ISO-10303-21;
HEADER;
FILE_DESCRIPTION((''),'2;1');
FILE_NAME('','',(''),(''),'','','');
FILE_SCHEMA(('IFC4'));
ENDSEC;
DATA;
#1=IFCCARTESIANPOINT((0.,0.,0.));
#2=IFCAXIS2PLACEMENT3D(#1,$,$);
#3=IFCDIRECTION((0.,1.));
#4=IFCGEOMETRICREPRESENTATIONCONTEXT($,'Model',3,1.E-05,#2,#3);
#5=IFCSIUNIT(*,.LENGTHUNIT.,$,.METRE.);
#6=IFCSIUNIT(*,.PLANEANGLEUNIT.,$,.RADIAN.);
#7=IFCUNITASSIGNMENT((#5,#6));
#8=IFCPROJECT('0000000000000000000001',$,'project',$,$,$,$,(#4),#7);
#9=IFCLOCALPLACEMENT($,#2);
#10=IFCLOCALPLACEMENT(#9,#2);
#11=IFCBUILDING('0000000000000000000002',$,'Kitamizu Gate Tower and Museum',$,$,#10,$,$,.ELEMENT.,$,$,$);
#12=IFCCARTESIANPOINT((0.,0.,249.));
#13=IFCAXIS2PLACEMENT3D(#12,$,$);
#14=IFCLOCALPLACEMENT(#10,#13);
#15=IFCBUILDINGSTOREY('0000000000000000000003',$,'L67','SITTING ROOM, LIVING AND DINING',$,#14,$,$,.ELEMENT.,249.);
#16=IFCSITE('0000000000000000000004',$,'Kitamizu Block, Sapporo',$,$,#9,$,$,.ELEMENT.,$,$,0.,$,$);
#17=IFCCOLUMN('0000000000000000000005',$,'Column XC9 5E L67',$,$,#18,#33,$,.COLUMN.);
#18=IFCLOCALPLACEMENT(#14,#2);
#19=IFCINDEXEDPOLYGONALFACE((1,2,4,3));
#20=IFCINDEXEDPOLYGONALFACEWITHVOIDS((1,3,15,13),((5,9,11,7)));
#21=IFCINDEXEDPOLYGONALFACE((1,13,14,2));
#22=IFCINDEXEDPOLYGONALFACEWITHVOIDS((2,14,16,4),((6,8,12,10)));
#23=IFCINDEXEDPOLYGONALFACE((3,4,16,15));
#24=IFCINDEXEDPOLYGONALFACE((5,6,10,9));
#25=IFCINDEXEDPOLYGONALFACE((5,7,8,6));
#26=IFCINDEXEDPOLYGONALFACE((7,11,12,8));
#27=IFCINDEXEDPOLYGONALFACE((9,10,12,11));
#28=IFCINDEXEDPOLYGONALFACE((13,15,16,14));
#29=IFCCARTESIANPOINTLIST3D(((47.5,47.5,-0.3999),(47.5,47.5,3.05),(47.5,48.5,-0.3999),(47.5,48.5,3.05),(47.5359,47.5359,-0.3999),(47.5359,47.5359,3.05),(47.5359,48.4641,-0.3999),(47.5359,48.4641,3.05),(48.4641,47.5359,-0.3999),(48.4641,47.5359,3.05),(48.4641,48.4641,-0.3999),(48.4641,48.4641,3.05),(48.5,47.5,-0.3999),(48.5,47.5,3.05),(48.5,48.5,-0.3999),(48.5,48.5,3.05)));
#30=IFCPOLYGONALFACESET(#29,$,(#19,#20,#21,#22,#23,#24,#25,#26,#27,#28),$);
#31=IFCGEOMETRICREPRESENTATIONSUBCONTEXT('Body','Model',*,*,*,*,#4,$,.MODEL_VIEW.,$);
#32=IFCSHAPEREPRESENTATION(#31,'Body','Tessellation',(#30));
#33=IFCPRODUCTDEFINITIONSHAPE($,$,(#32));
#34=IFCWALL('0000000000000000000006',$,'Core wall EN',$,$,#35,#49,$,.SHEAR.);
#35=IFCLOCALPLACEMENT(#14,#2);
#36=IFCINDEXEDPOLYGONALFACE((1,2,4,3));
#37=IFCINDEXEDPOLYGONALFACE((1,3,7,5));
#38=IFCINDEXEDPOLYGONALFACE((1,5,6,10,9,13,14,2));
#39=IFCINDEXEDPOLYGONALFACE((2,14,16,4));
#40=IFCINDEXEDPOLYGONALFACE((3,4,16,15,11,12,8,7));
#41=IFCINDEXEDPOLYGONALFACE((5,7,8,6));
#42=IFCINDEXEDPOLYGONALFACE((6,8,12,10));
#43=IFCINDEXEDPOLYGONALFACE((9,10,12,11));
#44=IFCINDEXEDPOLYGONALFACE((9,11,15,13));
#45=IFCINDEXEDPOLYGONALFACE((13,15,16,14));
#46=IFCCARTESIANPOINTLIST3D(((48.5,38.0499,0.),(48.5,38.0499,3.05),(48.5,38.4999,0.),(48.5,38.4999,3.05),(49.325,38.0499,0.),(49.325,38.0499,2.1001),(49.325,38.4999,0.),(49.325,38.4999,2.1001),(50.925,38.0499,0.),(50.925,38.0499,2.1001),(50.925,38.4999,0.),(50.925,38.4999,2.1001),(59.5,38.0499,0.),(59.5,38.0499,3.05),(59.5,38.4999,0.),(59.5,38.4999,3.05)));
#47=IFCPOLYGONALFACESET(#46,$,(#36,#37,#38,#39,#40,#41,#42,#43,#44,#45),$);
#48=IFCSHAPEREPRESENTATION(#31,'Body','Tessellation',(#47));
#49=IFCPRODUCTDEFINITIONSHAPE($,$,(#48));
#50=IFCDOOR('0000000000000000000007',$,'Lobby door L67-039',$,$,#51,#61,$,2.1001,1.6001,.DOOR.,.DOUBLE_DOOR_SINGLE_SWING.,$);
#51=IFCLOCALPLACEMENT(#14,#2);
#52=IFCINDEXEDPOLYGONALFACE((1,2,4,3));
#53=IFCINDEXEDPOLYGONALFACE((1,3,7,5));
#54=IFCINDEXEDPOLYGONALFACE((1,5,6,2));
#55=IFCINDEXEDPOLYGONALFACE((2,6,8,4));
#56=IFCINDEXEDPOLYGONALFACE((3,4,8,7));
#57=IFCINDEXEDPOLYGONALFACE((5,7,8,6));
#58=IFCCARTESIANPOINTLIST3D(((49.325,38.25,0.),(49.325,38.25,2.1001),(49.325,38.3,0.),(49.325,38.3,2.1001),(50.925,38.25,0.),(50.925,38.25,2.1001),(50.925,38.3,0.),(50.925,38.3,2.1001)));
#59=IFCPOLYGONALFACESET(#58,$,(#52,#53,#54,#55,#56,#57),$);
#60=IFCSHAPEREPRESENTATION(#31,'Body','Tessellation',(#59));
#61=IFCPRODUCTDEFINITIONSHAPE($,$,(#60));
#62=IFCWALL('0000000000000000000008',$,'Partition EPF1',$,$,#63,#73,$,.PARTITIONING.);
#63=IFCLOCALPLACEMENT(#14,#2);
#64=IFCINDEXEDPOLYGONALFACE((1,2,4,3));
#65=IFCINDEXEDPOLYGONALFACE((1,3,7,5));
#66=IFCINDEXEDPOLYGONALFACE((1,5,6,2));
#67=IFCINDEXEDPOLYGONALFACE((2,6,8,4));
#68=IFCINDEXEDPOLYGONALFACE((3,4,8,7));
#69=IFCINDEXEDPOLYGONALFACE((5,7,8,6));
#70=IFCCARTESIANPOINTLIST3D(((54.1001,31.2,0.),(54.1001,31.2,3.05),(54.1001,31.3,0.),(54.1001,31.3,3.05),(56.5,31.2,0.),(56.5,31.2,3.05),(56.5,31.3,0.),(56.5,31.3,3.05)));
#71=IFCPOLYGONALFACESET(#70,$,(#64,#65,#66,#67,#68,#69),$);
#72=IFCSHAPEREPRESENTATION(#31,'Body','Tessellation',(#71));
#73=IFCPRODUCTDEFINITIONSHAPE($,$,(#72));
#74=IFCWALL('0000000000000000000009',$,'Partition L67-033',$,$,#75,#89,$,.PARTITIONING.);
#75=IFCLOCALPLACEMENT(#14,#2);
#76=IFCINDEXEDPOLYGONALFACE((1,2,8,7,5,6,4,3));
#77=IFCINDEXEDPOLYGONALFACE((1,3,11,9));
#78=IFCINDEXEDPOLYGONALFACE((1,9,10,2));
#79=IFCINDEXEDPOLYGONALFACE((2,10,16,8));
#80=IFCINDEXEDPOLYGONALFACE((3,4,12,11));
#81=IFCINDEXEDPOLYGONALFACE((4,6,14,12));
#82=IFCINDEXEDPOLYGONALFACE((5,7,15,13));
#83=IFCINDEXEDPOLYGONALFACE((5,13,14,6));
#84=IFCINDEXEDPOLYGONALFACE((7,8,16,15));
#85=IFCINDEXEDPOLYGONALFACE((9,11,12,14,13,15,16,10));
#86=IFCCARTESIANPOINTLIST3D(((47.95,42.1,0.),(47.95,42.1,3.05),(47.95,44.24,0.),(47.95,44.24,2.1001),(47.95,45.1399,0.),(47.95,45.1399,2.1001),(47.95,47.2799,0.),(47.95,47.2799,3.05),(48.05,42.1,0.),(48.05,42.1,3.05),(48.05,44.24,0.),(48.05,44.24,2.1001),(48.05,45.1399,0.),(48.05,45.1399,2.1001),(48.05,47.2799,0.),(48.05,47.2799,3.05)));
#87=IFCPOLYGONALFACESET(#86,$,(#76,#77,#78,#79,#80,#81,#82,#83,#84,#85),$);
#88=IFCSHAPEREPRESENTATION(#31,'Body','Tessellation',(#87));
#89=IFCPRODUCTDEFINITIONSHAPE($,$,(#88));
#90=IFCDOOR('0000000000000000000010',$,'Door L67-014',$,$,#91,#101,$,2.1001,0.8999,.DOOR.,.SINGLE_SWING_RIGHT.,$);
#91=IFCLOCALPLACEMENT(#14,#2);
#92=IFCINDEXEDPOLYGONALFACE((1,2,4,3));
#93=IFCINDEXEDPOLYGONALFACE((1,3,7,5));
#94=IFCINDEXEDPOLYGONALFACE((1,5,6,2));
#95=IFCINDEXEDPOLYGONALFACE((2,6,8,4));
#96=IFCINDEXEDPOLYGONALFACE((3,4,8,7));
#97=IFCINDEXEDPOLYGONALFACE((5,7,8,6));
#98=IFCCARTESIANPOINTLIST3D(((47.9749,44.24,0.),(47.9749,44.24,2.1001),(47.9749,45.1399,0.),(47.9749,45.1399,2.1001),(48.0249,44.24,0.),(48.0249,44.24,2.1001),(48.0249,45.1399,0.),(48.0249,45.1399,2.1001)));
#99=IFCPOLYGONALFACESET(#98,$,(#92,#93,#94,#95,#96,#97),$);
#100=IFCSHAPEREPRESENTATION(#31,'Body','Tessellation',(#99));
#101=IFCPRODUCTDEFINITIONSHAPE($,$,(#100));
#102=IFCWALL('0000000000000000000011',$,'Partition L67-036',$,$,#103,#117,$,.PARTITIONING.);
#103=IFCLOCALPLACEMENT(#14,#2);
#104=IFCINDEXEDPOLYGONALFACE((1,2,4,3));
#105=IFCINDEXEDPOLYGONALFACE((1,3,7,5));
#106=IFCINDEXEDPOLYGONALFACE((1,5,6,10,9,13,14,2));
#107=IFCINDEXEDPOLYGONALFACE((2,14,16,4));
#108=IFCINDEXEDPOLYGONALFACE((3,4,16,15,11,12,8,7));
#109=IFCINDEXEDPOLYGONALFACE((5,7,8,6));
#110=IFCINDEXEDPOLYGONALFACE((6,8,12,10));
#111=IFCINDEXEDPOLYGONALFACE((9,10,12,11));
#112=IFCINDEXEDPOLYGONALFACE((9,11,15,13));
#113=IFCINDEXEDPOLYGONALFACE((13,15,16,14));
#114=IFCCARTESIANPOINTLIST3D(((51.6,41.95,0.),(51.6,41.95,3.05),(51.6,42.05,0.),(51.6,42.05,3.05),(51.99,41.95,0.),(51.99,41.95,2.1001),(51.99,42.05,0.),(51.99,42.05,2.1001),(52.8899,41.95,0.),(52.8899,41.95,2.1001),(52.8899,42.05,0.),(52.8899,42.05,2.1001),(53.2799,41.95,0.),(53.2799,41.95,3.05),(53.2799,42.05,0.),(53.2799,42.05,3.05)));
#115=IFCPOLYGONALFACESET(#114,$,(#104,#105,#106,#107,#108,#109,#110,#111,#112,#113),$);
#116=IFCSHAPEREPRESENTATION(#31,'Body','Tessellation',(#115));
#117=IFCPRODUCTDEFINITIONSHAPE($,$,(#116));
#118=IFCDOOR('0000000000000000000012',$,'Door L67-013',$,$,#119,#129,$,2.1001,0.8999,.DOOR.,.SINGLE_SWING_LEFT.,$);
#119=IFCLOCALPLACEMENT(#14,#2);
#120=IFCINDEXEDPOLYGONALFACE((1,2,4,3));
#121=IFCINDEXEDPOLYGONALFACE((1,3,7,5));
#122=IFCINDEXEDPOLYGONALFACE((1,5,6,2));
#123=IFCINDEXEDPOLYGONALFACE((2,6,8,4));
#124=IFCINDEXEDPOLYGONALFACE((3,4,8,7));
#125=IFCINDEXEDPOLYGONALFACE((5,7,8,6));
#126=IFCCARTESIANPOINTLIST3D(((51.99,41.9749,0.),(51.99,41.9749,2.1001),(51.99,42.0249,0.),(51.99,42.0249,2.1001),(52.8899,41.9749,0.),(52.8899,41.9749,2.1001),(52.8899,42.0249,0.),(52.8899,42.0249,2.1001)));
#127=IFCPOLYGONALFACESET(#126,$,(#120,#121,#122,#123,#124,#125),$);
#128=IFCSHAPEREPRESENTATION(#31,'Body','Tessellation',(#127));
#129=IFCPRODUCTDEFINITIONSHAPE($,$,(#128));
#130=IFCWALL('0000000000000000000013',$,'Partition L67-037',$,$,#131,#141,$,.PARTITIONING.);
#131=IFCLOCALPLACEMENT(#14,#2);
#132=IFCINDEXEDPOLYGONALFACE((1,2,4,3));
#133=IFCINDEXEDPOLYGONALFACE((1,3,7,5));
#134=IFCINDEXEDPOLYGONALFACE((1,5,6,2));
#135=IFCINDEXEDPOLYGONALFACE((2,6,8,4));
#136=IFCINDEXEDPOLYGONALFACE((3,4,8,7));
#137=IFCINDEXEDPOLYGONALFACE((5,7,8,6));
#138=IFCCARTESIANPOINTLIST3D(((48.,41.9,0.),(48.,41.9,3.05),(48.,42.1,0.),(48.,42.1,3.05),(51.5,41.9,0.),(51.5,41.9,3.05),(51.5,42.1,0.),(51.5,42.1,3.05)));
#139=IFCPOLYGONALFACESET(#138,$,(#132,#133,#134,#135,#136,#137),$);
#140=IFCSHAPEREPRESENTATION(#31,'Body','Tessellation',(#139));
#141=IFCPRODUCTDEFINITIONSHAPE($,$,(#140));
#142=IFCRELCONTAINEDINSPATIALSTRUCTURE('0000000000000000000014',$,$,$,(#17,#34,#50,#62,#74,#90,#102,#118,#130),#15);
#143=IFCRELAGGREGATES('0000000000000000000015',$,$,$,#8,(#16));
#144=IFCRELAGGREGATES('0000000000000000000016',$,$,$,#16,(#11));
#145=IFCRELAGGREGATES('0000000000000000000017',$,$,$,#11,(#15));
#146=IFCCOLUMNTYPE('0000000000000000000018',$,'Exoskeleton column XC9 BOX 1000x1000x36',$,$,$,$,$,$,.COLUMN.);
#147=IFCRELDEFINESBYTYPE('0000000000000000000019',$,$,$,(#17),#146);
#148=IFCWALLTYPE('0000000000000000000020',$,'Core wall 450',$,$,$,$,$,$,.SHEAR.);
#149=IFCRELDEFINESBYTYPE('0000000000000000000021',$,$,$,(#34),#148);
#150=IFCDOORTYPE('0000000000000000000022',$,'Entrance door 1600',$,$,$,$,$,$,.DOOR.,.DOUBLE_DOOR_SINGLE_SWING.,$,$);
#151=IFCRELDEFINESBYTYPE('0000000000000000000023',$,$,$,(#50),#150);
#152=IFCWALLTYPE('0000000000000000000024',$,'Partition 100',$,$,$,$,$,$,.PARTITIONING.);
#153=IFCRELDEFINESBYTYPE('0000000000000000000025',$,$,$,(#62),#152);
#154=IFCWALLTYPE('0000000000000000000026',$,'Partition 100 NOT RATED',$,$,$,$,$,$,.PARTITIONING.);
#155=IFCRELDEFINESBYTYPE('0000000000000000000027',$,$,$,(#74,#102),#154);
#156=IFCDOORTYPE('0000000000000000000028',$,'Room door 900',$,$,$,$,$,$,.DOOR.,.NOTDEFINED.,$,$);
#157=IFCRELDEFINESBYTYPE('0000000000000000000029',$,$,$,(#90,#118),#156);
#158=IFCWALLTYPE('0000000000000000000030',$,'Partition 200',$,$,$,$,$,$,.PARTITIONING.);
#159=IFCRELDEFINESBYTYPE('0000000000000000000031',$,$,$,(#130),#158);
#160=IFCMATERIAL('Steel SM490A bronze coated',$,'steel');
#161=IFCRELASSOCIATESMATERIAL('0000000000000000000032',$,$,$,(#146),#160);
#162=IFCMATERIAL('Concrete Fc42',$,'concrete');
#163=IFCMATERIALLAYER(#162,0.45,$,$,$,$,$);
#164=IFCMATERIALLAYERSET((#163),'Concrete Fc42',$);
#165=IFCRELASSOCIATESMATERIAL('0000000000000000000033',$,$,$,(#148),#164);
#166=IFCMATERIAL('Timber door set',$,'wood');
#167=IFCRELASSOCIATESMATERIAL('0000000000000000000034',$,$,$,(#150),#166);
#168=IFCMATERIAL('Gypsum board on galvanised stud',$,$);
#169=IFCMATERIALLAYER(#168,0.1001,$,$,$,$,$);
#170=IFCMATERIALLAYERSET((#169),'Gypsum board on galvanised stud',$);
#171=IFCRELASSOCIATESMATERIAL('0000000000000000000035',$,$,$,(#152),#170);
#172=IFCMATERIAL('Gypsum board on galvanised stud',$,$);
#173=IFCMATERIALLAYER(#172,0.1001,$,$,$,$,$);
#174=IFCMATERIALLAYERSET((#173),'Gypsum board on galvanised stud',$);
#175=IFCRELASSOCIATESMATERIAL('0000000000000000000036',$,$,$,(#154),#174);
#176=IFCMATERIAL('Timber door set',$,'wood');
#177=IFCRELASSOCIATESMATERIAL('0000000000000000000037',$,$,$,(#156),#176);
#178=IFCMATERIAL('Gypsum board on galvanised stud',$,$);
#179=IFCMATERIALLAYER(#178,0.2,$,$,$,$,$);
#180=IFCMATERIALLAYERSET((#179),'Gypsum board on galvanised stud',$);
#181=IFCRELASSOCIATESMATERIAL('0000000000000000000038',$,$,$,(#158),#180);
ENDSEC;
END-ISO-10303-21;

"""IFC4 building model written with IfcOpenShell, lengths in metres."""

from ifc_helpers import new_model, si_unit, direction, frame, frame_2d, origin, origin_2d, place, context, subcontext, project, spatial, rectangle, hollow_rectangle, extrude, material, layer, layer_set, material_profile, profile_set, type_object, element, fill, save


model = new_model("IFC4")

# Units and contexts
model_context = context("Model", 3, precision=1e-05, world=origin(), true_north=direction((0.0, 1.0)))
body_context = subcontext(model_context, "Body", "Model", "MODEL_VIEW")
ifc_project = project(units=[si_unit("LENGTHUNIT", "METRE"), si_unit("PLANEANGLEUNIT", "RADIAN")], contexts=[model_context])

# Site, building, storey
site_placement = place(None, origin())
site = spatial("IfcSite", under=ifc_project, at=site_placement, Name="Kitamizu Block, Sapporo", CompositionType="ELEMENT", RefElevation=0.0)
building_placement = place(site_placement, origin())
building = spatial("IfcBuilding", under=site, at=building_placement, Name="Kitamizu Gate Tower and Museum", CompositionType="ELEMENT")
storey_placement = place(building_placement, frame((0.0, 0.0, 249.0)))
storey = spatial("IfcBuildingStorey", under=building, at=storey_placement, Name="L67", Description="SITTING ROOM, LIVING AND DINING", CompositionType="ELEMENT", Elevation=249.0)

# Column
ifc_material_1 = material(Name="Steel SM490A bronze coated", Category="steel")
ifc_material_profile = material_profile(ifc_material_1, hollow_rectangle(XDim=1.0, YDim=1.0, WallThickness=0.0359, at=origin_2d()), Name="BOX 1000x1000x36")
ifc_profile_set = profile_set([ifc_material_profile], Name="Steel SM490A bronze coated")
column_type = type_object("IfcColumnType", Name="Exoskeleton column XC9 BOX 1000x1000x36", PredefinedType="COLUMN", material=ifc_profile_set)
column_placement = place(storey_placement, frame((48.0, 48.0, -0.3999), z_axis=(0.0, 0.0, 1.0), x_axis=(1.0, 0.0, 0.0)))
element("IfcColumn", 1, at=column_placement, inside=storey, type_object=column_type, Name="Column XC9 5E L67", PredefinedType="COLUMN", context=body_context, shape_type="SweptSolid", body=[
    extrude(hollow_rectangle(XDim=1.0, YDim=1.0, WallThickness=0.0359, at=origin_2d()), origin(), (0.0, 0.0, 1.0), 3.45),
])

# Wall, opening, door
ifc_material_2 = material(Name="Concrete Fc42", Category="concrete")
ifc_layer_1 = layer(ifc_material_2, 0.45)
ifc_layer_set_1 = layer_set([ifc_layer_1], Name="Concrete Fc42")
wall_type_1 = type_object("IfcWallType", Name="Core wall 450", PredefinedType="SHEAR", material=ifc_layer_set_1)
wall_1_placement = place(storey_placement, frame((59.5, 38.2749, 0.0), z_axis=(0.0, 0.0, 1.0), x_axis=(-1.0, 0.0, 0.0)))
wall_1 = element("IfcWall", 2, at=wall_1_placement, inside=storey, type_object=wall_type_1, Name="Core wall EN", PredefinedType="SHEAR", context=body_context, shape_type="SweptSolid", body=[
    extrude(rectangle(XDim=11.0, YDim=0.45, at=frame_2d((5.5, 0.0))), origin(), (0.0, 0.0, 1.0), 3.05),
])
opening_1_placement = place(wall_1_placement, frame((8.575, 0.0, 0.0)))
opening_1 = element("IfcOpeningElement", 3, at=opening_1_placement, cuts=wall_1, PredefinedType="OPENING", context=body_context, shape_type="SweptSolid", body=[
    extrude(rectangle(XDim=1.6001, YDim=2.1001, at=frame_2d((0.8, 1.05))), frame((0.0, 0.2349, 0.0), z_axis=(0.0, -1.0, 0.0), x_axis=(1.0, 0.0, 0.0)), (0.0, 0.0, 1.0), 0.47),
])
ifc_material_3 = material(Name="Timber door set", Category="wood")
door_type_1 = type_object("IfcDoorType", Name="Entrance door 1600", OperationType="DOUBLE_DOOR_SINGLE_SWING", PredefinedType="DOOR", material=ifc_material_3)
door_1_placement = place(opening_1_placement, origin())
door_1 = element("IfcDoor", 4, at=door_1_placement, inside=storey, type_object=door_type_1, Name="Lobby door L67-039", OperationType="DOUBLE_DOOR_SINGLE_SWING", OverallHeight=2.1001, OverallWidth=1.6001, PredefinedType="DOOR", context=body_context, shape_type="SweptSolid", body=[
    extrude(rectangle(XDim=1.6001, YDim=2.1001, at=frame_2d((0.8, 1.05))), frame((0.0, 0.0249, 0.0), z_axis=(0.0, -1.0, 0.0), x_axis=(1.0, 0.0, 0.0)), (0.0, 0.0, 1.0), 0.05),
])
fill(opening_1, door_1)

# Wall
ifc_material_4 = material(Name="Gypsum board on galvanised stud")
ifc_layer_2 = layer(ifc_material_4, 0.1001)
ifc_layer_set_2 = layer_set([ifc_layer_2], Name="Gypsum board on galvanised stud")
wall_type_2 = type_object("IfcWallType", Name="Partition 100", PredefinedType="PARTITIONING", material=ifc_layer_set_2)
wall_2_placement = place(storey_placement, frame((56.5, 31.25, 0.0), z_axis=(0.0, 0.0, 1.0), x_axis=(-1.0, 0.0, 0.0)))
element("IfcWall", 5, at=wall_2_placement, inside=storey, type_object=wall_type_2, Name="Partition EPF1", PredefinedType="PARTITIONING", context=body_context, shape_type="SweptSolid", body=[
    extrude(rectangle(XDim=2.3999, YDim=0.1001, at=frame_2d((1.2, 0.0))), origin(), (0.0, 0.0, 1.0), 3.05),
])

# Walls, openings, doors
ifc_material_5 = material(Name="Gypsum board on galvanised stud")
ifc_layer_3 = layer(ifc_material_5, 0.1001)
ifc_layer_set_3 = layer_set([ifc_layer_3], Name="Gypsum board on galvanised stud")
wall_type_3 = type_object("IfcWallType", Name="Partition 100 NOT RATED", PredefinedType="PARTITIONING", material=ifc_layer_set_3)
wall_3_placement = place(storey_placement, frame((48.0, 42.1001, 0.0), z_axis=(0.0, 0.0, 1.0), x_axis=(0.0, 1.0, 0.0)))
wall_3 = element("IfcWall", 6, at=wall_3_placement, inside=storey, type_object=wall_type_3, Name="Partition L67-033", PredefinedType="PARTITIONING", context=body_context, shape_type="SweptSolid", body=[
    extrude(rectangle(XDim=5.1799, YDim=0.1001, at=frame_2d((2.5898, 0.0))), origin(), (0.0, 0.0, 1.0), 3.05),
])
opening_2_placement = place(wall_3_placement, frame((2.1399, 0.0, 0.0)))
opening_2 = element("IfcOpeningElement", 7, at=opening_2_placement, cuts=wall_3, PredefinedType="OPENING", context=body_context, shape_type="SweptSolid", body=[
    extrude(rectangle(XDim=0.8999, YDim=2.1001, at=frame_2d((0.45, 1.05))), frame((0.0, 0.0601, 0.0), z_axis=(0.0, -1.0, 0.0), x_axis=(1.0, 0.0, 0.0)), (0.0, 0.0, 1.0), 0.1201),
])
ifc_material_6 = material(Name="Timber door set", Category="wood")
door_type_2 = type_object("IfcDoorType", Name="Room door 900", OperationType="NOTDEFINED", PredefinedType="DOOR", material=ifc_material_6)
door_2_placement = place(opening_2_placement, frame((0.8999, 0.0, 0.0), x_axis=(-1.0, 0.0, 0.0)))
door_2 = element("IfcDoor", 8, at=door_2_placement, inside=storey, type_object=door_type_2, Name="Door L67-014", OperationType="SINGLE_SWING_RIGHT", OverallHeight=2.1001, OverallWidth=0.8999, PredefinedType="DOOR", context=body_context, shape_type="SweptSolid", body=[
    extrude(rectangle(XDim=0.8999, YDim=2.1001, at=frame_2d((0.45, 1.05))), frame((0.0, 0.0249, 0.0), z_axis=(0.0, -1.0, 0.0), x_axis=(1.0, 0.0, 0.0)), (0.0, 0.0, 1.0), 0.05),
])
fill(opening_2, door_2)
wall_4_placement = place(storey_placement, frame((51.6001, 42.0, 0.0), z_axis=(0.0, 0.0, 1.0), x_axis=(1.0, 0.0, 0.0)))
wall_4 = element("IfcWall", 9, at=wall_4_placement, inside=storey, type_object=wall_type_3, Name="Partition L67-036", PredefinedType="PARTITIONING", context=body_context, shape_type="SweptSolid", body=[
    extrude(rectangle(XDim=1.6799, YDim=0.1001, at=frame_2d((0.8398, 0.0))), origin(), (0.0, 0.0, 1.0), 3.05),
])
opening_3_placement = place(wall_4_placement, frame((0.3899, 0.0, 0.0)))
opening_3 = element("IfcOpeningElement", 10, at=opening_3_placement, cuts=wall_4, PredefinedType="OPENING", context=body_context, shape_type="SweptSolid", body=[
    extrude(rectangle(XDim=0.8999, YDim=2.1001, at=frame_2d((0.45, 1.05))), frame((0.0, 0.0601, 0.0), z_axis=(0.0, -1.0, 0.0), x_axis=(1.0, 0.0, 0.0)), (0.0, 0.0, 1.0), 0.1201),
])
door_3_placement = place(opening_3_placement, origin())
door_3 = element("IfcDoor", 11, at=door_3_placement, inside=storey, type_object=door_type_2, Name="Door L67-013", OperationType="SINGLE_SWING_LEFT", OverallHeight=2.1001, OverallWidth=0.8999, PredefinedType="DOOR", context=body_context, shape_type="SweptSolid", body=[
    extrude(rectangle(XDim=0.8999, YDim=2.1001, at=frame_2d((0.45, 1.05))), frame((0.0, 0.0249, 0.0), z_axis=(0.0, -1.0, 0.0), x_axis=(1.0, 0.0, 0.0)), (0.0, 0.0, 1.0), 0.05),
])
fill(opening_3, door_3)

# Wall
ifc_material_7 = material(Name="Gypsum board on galvanised stud")
ifc_layer_4 = layer(ifc_material_7, 0.2)
ifc_layer_set_4 = layer_set([ifc_layer_4], Name="Gypsum board on galvanised stud")
wall_type_4 = type_object("IfcWallType", Name="Partition 200", PredefinedType="PARTITIONING", material=ifc_layer_set_4)
wall_5_placement = place(storey_placement, frame((48.0, 42.0, 0.0), z_axis=(0.0, 0.0, 1.0), x_axis=(1.0, 0.0, 0.0)))
element("IfcWall", 12, at=wall_5_placement, inside=storey, type_object=wall_type_4, Name="Partition L67-037", PredefinedType="PARTITIONING", context=body_context, shape_type="SweptSolid", body=[
    extrude(rectangle(XDim=3.5, YDim=0.2, at=frame_2d((1.75, 0.0))), origin(), (0.0, 0.0, 1.0), 3.05),
])

save(model, "model.ifc")
